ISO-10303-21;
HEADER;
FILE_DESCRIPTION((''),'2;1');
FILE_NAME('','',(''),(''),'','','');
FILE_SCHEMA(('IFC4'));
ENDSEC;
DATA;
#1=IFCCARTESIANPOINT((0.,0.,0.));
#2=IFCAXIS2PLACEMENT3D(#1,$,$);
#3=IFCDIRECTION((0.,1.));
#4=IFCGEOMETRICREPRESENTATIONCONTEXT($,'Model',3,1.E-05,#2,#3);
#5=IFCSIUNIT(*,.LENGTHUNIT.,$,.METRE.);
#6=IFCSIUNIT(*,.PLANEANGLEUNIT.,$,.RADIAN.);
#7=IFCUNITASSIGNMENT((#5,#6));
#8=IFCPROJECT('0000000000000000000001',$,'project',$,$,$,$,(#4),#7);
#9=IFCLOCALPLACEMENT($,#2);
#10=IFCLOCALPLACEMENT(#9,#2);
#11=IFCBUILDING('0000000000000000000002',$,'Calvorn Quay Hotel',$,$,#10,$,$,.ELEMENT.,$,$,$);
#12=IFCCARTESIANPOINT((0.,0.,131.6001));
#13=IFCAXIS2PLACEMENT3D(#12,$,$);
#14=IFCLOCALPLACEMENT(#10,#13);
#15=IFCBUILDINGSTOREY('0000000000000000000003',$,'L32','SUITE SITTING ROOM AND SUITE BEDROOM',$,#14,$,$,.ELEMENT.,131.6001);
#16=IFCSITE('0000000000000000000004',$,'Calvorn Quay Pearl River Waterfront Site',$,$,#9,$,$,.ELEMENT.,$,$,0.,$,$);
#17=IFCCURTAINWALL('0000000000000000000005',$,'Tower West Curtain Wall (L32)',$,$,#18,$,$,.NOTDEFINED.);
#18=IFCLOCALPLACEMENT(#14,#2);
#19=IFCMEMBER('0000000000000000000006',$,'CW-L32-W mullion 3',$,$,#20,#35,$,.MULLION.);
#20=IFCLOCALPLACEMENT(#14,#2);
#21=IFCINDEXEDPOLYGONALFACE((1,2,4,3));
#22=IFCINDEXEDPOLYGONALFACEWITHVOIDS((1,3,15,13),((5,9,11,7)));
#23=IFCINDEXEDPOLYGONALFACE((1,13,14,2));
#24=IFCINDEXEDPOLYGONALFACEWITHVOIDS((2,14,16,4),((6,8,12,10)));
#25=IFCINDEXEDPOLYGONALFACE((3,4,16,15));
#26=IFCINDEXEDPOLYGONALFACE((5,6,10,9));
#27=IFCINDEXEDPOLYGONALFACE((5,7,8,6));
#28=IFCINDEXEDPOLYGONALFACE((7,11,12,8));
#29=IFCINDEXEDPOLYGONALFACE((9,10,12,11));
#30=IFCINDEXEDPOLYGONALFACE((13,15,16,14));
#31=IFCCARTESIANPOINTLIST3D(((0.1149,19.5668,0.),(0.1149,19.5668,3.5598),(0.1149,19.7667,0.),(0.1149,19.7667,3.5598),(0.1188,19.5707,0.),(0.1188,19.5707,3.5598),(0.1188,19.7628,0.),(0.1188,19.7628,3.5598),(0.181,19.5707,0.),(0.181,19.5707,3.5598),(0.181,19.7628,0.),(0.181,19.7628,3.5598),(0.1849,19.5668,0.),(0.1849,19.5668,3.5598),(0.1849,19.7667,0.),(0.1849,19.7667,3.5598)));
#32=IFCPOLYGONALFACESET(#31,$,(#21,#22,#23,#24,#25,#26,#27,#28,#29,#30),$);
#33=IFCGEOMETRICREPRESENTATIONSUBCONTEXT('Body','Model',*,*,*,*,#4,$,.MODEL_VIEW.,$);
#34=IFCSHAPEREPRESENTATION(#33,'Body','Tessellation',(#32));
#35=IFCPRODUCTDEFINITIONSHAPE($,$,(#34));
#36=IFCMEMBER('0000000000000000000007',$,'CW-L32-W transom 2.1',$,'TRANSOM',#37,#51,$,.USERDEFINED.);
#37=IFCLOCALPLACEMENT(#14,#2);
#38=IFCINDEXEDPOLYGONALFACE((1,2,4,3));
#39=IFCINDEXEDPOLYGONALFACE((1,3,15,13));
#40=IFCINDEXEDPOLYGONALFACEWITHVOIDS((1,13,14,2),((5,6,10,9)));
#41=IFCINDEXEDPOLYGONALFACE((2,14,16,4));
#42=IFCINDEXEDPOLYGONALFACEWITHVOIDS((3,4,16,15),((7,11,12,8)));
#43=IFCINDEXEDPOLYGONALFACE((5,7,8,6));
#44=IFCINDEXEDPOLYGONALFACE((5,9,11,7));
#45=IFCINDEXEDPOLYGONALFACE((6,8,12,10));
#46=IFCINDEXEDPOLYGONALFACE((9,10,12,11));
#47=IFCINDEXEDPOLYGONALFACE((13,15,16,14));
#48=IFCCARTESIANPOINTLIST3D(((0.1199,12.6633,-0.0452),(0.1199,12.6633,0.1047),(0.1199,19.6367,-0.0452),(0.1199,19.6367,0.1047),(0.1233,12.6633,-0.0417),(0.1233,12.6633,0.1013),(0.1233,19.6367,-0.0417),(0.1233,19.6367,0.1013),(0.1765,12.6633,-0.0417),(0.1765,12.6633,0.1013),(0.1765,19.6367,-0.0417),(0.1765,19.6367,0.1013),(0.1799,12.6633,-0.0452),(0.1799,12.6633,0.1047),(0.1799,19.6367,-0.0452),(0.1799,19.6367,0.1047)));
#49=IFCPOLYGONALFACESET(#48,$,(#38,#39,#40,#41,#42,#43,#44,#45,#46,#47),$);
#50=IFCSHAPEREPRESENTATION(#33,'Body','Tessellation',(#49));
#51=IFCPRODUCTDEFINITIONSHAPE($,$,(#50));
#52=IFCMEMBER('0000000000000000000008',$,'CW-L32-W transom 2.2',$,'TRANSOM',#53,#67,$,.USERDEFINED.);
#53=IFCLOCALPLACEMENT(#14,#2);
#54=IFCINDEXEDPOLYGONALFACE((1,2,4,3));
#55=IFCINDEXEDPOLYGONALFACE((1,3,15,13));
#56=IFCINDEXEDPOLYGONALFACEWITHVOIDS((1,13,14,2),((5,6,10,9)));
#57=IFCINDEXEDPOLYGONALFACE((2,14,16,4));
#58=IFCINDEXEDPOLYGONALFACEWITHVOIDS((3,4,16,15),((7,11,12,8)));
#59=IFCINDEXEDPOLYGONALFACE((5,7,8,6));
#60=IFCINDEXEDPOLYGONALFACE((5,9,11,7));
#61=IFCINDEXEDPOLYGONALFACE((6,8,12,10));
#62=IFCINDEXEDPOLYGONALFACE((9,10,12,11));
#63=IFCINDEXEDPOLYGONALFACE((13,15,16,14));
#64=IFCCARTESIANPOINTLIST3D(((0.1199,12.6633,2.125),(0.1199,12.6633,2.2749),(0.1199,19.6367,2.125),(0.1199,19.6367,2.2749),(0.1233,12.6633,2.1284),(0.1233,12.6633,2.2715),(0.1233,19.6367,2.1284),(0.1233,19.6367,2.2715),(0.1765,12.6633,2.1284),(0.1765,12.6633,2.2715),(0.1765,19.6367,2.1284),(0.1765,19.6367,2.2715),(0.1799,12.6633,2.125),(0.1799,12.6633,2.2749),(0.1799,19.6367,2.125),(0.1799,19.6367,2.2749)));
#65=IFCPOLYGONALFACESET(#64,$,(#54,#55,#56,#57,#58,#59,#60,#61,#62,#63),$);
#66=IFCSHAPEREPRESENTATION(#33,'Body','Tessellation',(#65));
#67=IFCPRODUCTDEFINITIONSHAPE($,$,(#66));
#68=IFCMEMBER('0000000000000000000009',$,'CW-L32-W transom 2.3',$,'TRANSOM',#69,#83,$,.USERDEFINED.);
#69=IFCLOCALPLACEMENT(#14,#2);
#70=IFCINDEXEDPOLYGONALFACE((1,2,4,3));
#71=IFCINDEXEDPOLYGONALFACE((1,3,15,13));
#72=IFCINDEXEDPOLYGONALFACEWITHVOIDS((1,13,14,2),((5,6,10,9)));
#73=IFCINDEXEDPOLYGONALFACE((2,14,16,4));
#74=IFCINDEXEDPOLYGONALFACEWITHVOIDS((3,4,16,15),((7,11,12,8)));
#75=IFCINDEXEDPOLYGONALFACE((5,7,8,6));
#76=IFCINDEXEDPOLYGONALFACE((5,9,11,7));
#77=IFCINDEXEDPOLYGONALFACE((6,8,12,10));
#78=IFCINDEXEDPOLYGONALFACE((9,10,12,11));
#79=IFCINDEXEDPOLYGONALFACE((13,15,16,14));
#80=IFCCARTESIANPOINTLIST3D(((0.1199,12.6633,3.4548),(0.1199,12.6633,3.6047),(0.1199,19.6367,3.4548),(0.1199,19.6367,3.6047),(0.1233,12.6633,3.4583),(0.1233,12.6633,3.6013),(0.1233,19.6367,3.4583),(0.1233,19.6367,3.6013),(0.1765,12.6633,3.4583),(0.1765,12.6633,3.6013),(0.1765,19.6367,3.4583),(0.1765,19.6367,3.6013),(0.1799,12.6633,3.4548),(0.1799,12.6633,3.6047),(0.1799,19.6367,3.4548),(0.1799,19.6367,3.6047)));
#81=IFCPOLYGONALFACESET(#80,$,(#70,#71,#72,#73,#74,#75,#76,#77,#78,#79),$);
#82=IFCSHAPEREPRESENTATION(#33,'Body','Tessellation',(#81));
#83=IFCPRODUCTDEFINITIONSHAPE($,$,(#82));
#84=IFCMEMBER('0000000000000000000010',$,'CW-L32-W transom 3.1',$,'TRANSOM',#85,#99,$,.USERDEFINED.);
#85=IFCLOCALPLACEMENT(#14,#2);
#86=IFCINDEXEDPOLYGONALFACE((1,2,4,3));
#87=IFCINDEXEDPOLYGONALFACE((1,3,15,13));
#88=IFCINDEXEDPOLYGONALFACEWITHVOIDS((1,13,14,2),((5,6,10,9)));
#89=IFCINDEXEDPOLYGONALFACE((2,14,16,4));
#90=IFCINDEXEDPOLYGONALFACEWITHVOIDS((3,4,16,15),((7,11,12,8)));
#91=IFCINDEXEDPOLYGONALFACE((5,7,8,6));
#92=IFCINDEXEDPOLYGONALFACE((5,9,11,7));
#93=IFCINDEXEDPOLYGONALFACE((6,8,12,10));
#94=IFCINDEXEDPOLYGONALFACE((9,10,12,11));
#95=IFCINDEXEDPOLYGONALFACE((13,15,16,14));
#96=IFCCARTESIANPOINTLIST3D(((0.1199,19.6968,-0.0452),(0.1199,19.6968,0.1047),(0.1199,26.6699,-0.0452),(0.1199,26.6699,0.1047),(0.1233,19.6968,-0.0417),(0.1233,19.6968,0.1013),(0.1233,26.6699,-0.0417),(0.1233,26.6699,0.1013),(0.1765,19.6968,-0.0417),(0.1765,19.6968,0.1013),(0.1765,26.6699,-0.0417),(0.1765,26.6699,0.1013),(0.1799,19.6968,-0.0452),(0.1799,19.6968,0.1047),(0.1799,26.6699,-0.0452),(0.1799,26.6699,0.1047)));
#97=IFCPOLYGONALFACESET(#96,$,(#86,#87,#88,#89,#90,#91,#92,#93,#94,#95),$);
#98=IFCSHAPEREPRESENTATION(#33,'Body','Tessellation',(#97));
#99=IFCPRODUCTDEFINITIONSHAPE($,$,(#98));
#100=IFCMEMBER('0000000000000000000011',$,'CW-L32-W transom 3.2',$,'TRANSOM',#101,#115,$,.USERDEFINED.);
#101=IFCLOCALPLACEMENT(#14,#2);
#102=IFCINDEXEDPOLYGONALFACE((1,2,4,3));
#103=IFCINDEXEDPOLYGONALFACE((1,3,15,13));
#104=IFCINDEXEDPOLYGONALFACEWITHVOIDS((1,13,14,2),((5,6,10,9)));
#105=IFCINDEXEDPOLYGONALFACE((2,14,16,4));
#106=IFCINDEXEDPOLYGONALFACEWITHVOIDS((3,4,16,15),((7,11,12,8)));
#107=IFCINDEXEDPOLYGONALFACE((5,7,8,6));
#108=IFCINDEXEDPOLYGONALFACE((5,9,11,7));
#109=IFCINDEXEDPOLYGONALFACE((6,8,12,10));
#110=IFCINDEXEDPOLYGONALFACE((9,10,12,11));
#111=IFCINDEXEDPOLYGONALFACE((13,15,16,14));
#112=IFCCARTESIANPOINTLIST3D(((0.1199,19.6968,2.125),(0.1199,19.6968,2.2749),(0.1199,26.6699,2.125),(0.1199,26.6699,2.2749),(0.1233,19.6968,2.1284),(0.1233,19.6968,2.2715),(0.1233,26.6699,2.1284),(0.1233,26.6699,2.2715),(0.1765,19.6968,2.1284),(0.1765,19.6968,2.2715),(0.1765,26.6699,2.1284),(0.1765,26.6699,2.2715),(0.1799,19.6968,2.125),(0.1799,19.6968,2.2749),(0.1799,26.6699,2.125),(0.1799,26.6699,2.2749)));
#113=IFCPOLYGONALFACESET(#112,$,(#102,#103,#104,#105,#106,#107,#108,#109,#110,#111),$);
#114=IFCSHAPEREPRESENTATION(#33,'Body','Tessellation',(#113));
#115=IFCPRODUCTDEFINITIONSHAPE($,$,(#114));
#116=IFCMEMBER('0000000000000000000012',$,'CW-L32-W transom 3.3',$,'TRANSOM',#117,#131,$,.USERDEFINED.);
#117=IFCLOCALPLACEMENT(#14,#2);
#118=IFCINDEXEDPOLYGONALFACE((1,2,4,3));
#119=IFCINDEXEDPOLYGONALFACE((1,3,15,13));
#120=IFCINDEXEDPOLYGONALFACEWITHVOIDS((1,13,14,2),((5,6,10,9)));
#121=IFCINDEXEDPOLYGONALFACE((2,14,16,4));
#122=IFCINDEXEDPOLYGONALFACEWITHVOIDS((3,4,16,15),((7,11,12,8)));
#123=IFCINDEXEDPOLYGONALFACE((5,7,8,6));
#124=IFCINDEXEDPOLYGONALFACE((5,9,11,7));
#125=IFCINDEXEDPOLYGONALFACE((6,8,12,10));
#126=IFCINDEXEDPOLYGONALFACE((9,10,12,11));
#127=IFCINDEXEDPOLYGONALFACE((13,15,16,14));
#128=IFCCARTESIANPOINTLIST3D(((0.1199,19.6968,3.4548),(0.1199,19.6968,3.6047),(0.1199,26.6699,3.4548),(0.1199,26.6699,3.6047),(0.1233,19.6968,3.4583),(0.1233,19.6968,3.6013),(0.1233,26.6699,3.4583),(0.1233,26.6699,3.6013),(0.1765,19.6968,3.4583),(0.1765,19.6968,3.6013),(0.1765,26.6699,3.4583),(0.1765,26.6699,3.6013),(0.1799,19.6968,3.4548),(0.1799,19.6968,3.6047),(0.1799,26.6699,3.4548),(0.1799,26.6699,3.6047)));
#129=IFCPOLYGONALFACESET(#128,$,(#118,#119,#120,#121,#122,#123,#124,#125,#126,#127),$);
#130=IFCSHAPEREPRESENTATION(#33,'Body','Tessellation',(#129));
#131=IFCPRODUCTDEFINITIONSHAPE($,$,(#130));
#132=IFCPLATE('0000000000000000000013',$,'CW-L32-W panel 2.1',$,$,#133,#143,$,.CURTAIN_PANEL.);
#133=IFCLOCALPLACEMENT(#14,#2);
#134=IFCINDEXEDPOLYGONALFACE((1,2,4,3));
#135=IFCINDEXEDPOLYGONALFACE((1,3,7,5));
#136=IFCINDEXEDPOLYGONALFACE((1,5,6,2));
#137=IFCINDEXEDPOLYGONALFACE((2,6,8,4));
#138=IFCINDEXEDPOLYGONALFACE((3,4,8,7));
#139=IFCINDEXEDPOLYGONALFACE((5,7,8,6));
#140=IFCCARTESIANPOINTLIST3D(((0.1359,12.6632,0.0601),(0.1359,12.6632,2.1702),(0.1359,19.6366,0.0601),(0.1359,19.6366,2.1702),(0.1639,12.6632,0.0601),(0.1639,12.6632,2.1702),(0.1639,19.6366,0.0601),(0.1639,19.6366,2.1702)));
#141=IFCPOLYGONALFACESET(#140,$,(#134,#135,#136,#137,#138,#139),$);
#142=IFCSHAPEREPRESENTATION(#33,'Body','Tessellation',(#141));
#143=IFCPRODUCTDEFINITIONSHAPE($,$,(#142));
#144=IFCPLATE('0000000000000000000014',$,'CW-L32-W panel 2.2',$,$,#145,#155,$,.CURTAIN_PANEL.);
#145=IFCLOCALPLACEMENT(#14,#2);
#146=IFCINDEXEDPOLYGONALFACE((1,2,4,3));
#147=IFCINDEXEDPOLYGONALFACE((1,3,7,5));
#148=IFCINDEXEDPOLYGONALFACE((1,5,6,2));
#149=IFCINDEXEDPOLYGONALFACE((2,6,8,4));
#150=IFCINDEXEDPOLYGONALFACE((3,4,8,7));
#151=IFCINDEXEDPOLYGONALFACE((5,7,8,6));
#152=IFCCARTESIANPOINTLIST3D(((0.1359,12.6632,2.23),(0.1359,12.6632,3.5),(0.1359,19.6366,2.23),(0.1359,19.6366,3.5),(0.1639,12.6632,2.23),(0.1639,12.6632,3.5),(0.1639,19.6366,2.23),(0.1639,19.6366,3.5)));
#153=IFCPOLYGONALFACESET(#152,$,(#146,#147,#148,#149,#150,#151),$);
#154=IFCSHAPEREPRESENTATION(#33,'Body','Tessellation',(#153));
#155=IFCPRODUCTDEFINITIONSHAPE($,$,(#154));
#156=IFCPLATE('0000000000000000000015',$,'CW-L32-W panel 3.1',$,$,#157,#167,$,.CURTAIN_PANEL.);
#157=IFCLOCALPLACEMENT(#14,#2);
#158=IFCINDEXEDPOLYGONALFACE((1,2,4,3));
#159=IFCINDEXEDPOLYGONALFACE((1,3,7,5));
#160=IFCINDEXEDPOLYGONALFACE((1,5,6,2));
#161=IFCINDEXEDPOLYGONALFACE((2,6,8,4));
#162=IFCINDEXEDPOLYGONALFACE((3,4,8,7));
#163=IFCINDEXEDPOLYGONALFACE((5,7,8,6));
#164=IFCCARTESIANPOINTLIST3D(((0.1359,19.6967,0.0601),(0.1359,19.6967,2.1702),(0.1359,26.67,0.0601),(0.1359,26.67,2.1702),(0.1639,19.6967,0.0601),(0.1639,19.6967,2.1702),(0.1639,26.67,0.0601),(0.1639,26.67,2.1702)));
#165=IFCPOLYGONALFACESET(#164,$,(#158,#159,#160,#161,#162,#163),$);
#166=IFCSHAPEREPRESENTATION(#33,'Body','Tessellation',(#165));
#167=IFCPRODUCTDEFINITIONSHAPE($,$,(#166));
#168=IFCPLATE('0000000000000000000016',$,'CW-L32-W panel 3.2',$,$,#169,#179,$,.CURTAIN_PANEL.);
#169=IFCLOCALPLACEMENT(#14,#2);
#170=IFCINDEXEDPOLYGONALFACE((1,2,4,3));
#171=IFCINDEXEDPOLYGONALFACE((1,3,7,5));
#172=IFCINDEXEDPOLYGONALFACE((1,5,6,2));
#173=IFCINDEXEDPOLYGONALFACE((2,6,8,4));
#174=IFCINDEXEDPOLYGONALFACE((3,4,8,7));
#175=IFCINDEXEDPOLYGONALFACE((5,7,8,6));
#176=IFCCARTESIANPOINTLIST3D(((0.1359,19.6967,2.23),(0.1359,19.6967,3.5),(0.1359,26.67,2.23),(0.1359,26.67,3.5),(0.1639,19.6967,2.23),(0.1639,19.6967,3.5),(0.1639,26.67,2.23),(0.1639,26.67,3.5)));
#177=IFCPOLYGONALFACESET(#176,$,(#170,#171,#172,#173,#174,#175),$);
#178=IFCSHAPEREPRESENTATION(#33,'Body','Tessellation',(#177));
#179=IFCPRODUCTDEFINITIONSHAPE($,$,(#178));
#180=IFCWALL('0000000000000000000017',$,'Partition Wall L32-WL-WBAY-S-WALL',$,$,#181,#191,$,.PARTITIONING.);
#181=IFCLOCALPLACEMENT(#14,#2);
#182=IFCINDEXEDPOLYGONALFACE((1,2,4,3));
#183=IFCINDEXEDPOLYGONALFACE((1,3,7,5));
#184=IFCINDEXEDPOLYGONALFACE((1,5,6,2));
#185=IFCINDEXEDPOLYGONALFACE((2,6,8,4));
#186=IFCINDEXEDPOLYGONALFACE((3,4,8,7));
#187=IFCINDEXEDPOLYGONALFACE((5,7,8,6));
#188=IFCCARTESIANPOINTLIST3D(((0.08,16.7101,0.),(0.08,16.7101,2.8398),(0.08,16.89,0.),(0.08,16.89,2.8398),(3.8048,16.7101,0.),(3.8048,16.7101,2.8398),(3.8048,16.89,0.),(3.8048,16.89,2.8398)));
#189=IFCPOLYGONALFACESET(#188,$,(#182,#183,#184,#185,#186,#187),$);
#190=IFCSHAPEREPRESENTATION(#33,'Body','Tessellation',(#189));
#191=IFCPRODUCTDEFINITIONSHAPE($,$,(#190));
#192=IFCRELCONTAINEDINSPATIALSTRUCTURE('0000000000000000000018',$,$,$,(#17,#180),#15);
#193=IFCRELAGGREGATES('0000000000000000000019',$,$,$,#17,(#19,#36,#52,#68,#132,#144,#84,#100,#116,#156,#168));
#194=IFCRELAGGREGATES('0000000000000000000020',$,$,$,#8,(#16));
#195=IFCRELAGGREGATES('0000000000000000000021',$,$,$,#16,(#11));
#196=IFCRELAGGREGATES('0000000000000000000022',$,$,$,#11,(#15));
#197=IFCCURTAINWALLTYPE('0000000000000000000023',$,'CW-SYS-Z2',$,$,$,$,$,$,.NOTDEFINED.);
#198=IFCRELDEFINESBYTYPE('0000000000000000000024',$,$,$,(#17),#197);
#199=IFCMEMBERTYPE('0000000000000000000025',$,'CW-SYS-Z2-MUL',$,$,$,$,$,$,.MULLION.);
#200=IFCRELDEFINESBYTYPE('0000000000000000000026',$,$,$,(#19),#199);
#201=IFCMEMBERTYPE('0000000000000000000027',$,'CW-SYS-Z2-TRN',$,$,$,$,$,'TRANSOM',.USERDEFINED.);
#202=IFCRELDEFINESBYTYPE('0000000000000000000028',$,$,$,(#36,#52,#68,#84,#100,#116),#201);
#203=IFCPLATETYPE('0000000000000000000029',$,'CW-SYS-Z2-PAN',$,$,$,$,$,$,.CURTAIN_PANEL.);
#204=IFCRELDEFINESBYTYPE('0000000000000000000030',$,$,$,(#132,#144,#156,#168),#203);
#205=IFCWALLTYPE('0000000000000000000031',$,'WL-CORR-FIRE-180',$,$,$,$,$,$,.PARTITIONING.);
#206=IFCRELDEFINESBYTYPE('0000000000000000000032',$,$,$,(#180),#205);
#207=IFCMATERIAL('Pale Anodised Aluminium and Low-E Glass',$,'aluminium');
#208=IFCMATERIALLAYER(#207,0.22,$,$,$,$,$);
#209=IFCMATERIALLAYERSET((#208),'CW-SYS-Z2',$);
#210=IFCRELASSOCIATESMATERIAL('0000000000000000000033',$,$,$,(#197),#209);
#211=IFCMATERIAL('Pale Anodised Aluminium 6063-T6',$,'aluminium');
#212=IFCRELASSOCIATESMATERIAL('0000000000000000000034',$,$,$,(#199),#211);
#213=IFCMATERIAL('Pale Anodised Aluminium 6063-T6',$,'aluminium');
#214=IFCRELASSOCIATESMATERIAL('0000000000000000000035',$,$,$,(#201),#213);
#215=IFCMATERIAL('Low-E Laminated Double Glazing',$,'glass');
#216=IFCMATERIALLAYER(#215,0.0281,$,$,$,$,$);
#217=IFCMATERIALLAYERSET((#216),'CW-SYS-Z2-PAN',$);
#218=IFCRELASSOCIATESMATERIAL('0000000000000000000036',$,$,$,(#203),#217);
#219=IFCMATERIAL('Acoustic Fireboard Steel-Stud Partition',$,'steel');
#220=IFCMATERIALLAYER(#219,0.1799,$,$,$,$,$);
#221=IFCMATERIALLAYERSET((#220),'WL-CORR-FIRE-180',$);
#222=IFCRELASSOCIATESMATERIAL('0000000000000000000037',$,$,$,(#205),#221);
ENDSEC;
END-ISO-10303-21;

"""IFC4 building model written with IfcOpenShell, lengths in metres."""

from ifc_helpers import new_model, si_unit, direction, frame, frame_2d, origin, origin_2d, place, context, subcontext, project, spatial, rectangle, hollow_rectangle, extrude, material, layer, layer_set, material_profile, profile_set, type_object, element, aggregate, save


model = new_model("IFC4")

# Units and contexts
model_context = context("Model", 3, precision=1e-05, world=origin(), true_north=direction((0.0, 1.0)))
body_context = subcontext(model_context, "Body", "Model", "MODEL_VIEW")
ifc_project = project(units=[si_unit("LENGTHUNIT", "METRE"), si_unit("PLANEANGLEUNIT", "RADIAN")], contexts=[model_context])

# Site, building, storey
site_placement = place(None, origin())
site = spatial("IfcSite", under=ifc_project, at=site_placement, Name="Calvorn Quay Pearl River Waterfront Site", CompositionType="ELEMENT", RefElevation=0.0)
building_placement = place(site_placement, origin())
building = spatial("IfcBuilding", under=site, at=building_placement, Name="Calvorn Quay Hotel", CompositionType="ELEMENT")
storey_placement = place(building_placement, frame((0.0, 0.0, 131.6001)))
storey = spatial("IfcBuildingStorey", under=building, at=storey_placement, Name="L32", Description="SUITE SITTING ROOM AND SUITE BEDROOM", CompositionType="ELEMENT", Elevation=131.6001)

# Curtain wall, members, plates
ifc_material_1 = material(Name="Pale Anodised Aluminium and Low-E Glass", Category="aluminium")
ifc_layer_1 = layer(ifc_material_1, 0.22)
ifc_layer_set_1 = layer_set([ifc_layer_1], Name="CW-SYS-Z2")
curtain_wall_type = type_object("IfcCurtainWallType", Name="CW-SYS-Z2", PredefinedType="NOTDEFINED", material=ifc_layer_set_1)
curtain_wall_placement = place(storey_placement, origin())
curtain_wall = element("IfcCurtainWall", 1, at=curtain_wall_placement, inside=storey, type_object=curtain_wall_type, Name="Tower West Curtain Wall (L32)", PredefinedType="NOTDEFINED")
ifc_material_2 = material(Name="Pale Anodised Aluminium 6063-T6", Category="aluminium")
ifc_material_profile_1 = material_profile(ifc_material_2, hollow_rectangle(XDim=0.0701, YDim=0.2, WallThickness=0.0039, at=origin_2d()), Name="ALU-M200x70x4")
ifc_profile_set_1 = profile_set([ifc_material_profile_1], Name="Pale Anodised Aluminium 6063-T6")
member_type_1 = type_object("IfcMemberType", Name="CW-SYS-Z2-MUL", PredefinedType="MULLION", material=ifc_profile_set_1)
member_1_placement = place(storey_placement, frame((0.1499, 19.6667, 0.0), z_axis=(0.0, 0.0, 1.0), x_axis=(-1.0, 0.0, 0.0)))
member_1 = element("IfcMember", 2, at=member_1_placement, type_object=member_type_1, Name="CW-L32-W mullion 3", PredefinedType="MULLION", context=body_context, shape_type="SweptSolid", body=[
    extrude(hollow_rectangle(XDim=0.0701, YDim=0.2, WallThickness=0.0039, at=origin_2d()), origin(), (0.0, 0.0, 1.0), 3.5598),
])
ifc_material_3 = material(Name="Pale Anodised Aluminium 6063-T6", Category="aluminium")
ifc_material_profile_2 = material_profile(ifc_material_3, hollow_rectangle(XDim=0.0601, YDim=0.1499, WallThickness=0.0034, at=origin_2d()), Name="ALU-T150x60x3.5")
ifc_profile_set_2 = profile_set([ifc_material_profile_2], Name="Pale Anodised Aluminium 6063-T6")
member_type_2 = type_object("IfcMemberType", Name="CW-SYS-Z2-TRN", ElementType="TRANSOM", PredefinedType="USERDEFINED", material=ifc_profile_set_2)
member_2_placement = place(storey_placement, frame((0.1499, 12.6633, 0.0298), z_axis=(0.0, 1.0, 0.0), x_axis=(-1.0, 0.0, 0.0)))
member_2 = element("IfcMember", 3, at=member_2_placement, type_object=member_type_2, Name="CW-L32-W transom 2.1", ObjectType="TRANSOM", PredefinedType="USERDEFINED", context=body_context, shape_type="SweptSolid", body=[
    extrude(hollow_rectangle(XDim=0.0601, YDim=0.1499, WallThickness=0.0034, at=origin_2d()), origin(), (0.0, 0.0, 1.0), 6.9734),
])
member_3_placement = place(storey_placement, frame((0.1499, 12.6633, 2.2), z_axis=(0.0, 1.0, 0.0), x_axis=(-1.0, 0.0, 0.0)))
member_3 = element("IfcMember", 4, at=member_3_placement, type_object=member_type_2, Name="CW-L32-W transom 2.2", ObjectType="TRANSOM", PredefinedType="USERDEFINED", context=body_context, shape_type="SweptSolid", body=[
    extrude(hollow_rectangle(XDim=0.0601, YDim=0.1499, WallThickness=0.0034, at=origin_2d()), origin(), (0.0, 0.0, 1.0), 6.9734),
])
member_4_placement = place(storey_placement, frame((0.1499, 12.6633, 3.5298), z_axis=(0.0, 1.0, 0.0), x_axis=(-1.0, 0.0, 0.0)))
member_4 = element("IfcMember", 5, at=member_4_placement, type_object=member_type_2, Name="CW-L32-W transom 2.3", ObjectType="TRANSOM", PredefinedType="USERDEFINED", context=body_context, shape_type="SweptSolid", body=[
    extrude(hollow_rectangle(XDim=0.0601, YDim=0.1499, WallThickness=0.0034, at=origin_2d()), origin(), (0.0, 0.0, 1.0), 6.9734),
])
member_5_placement = place(storey_placement, frame((0.1499, 19.6968, 0.0298), z_axis=(0.0, 1.0, 0.0), x_axis=(-1.0, 0.0, 0.0)))
member_5 = element("IfcMember", 6, at=member_5_placement, type_object=member_type_2, Name="CW-L32-W transom 3.1", ObjectType="TRANSOM", PredefinedType="USERDEFINED", context=body_context, shape_type="SweptSolid", body=[
    extrude(hollow_rectangle(XDim=0.0601, YDim=0.1499, WallThickness=0.0034, at=origin_2d()), origin(), (0.0, 0.0, 1.0), 6.9731),
])
member_6_placement = place(storey_placement, frame((0.1499, 19.6968, 2.2), z_axis=(0.0, 1.0, 0.0), x_axis=(-1.0, 0.0, 0.0)))
member_6 = element("IfcMember", 7, at=member_6_placement, type_object=member_type_2, Name="CW-L32-W transom 3.2", ObjectType="TRANSOM", PredefinedType="USERDEFINED", context=body_context, shape_type="SweptSolid", body=[
    extrude(hollow_rectangle(XDim=0.0601, YDim=0.1499, WallThickness=0.0034, at=origin_2d()), origin(), (0.0, 0.0, 1.0), 6.9731),
])
member_7_placement = place(storey_placement, frame((0.1499, 19.6968, 3.5298), z_axis=(0.0, 1.0, 0.0), x_axis=(-1.0, 0.0, 0.0)))
member_7 = element("IfcMember", 8, at=member_7_placement, type_object=member_type_2, Name="CW-L32-W transom 3.3", ObjectType="TRANSOM", PredefinedType="USERDEFINED", context=body_context, shape_type="SweptSolid", body=[
    extrude(hollow_rectangle(XDim=0.0601, YDim=0.1499, WallThickness=0.0034, at=origin_2d()), origin(), (0.0, 0.0, 1.0), 6.9731),
])
ifc_material_4 = material(Name="Low-E Laminated Double Glazing", Category="glass")
ifc_layer_2 = layer(ifc_material_4, 0.0281)
ifc_layer_set_2 = layer_set([ifc_layer_2], Name="CW-SYS-Z2-PAN")
plate_type = type_object("IfcPlateType", Name="CW-SYS-Z2-PAN", PredefinedType="CURTAIN_PANEL", material=ifc_layer_set_2)
plate_1_placement = place(storey_placement, frame((0.1499, 16.1499, 0.0601), z_axis=(0.0, 0.0, 1.0), x_axis=(0.0, 1.0, 0.0)))
plate_1 = element("IfcPlate", 9, at=plate_1_placement, type_object=plate_type, Name="CW-L32-W panel 2.1", PredefinedType="CURTAIN_PANEL", context=body_context, shape_type="SweptSolid", body=[
    extrude(rectangle(XDim=6.9734, YDim=0.0281, at=origin_2d()), origin(), (0.0, 0.0, 1.0), 2.1101),
])
plate_2_placement = place(storey_placement, frame((0.1499, 16.1499, 2.23), z_axis=(0.0, 0.0, 1.0), x_axis=(0.0, 1.0, 0.0)))
plate_2 = element("IfcPlate", 10, at=plate_2_placement, type_object=plate_type, Name="CW-L32-W panel 2.2", PredefinedType="CURTAIN_PANEL", context=body_context, shape_type="SweptSolid", body=[
    extrude(rectangle(XDim=6.9734, YDim=0.0281, at=origin_2d()), origin(), (0.0, 0.0, 1.0), 1.27),
])
plate_3_placement = place(storey_placement, frame((0.1499, 23.1833, 0.0601), z_axis=(0.0, 0.0, 1.0), x_axis=(0.0, 1.0, 0.0)))
plate_3 = element("IfcPlate", 11, at=plate_3_placement, type_object=plate_type, Name="CW-L32-W panel 3.1", PredefinedType="CURTAIN_PANEL", context=body_context, shape_type="SweptSolid", body=[
    extrude(rectangle(XDim=6.9734, YDim=0.0281, at=origin_2d()), origin(), (0.0, 0.0, 1.0), 2.1101),
])
plate_4_placement = place(storey_placement, frame((0.1499, 23.1833, 2.23), z_axis=(0.0, 0.0, 1.0), x_axis=(0.0, 1.0, 0.0)))
plate_4 = element("IfcPlate", 12, at=plate_4_placement, type_object=plate_type, Name="CW-L32-W panel 3.2", PredefinedType="CURTAIN_PANEL", context=body_context, shape_type="SweptSolid", body=[
    extrude(rectangle(XDim=6.9734, YDim=0.0281, at=origin_2d()), origin(), (0.0, 0.0, 1.0), 1.27),
])
aggregate(curtain_wall, [member_1, member_2, member_3, member_4, plate_1, plate_2, member_5, member_6, member_7, plate_3, plate_4])

# Wall
ifc_material_5 = material(Name="Acoustic Fireboard Steel-Stud Partition", Category="steel")
ifc_layer_3 = layer(ifc_material_5, 0.1799)
ifc_layer_set_3 = layer_set([ifc_layer_3], Name="WL-CORR-FIRE-180")
wall_type_1 = type_object("IfcWallType", Name="WL-CORR-FIRE-180", PredefinedType="PARTITIONING", material=ifc_layer_set_3)
wall_1_placement = place(storey_placement, frame((0.0801, 16.8, 0.0), z_axis=(0.0, 0.0, 1.0), x_axis=(1.0, 0.0, 0.0)))
element("IfcWall", 13, at=wall_1_placement, inside=storey, type_object=wall_type_1, Name="Partition Wall L32-WL-WBAY-S-WALL", PredefinedType="PARTITIONING", context=body_context, shape_type="SweptSolid", body=[
    extrude(rectangle(XDim=3.7249, YDim=0.1799, at=frame_2d((1.8623, 0.0))), origin(), (0.0, 0.0, 1.0), 2.8398),
])

save(model, "model.ifc")
